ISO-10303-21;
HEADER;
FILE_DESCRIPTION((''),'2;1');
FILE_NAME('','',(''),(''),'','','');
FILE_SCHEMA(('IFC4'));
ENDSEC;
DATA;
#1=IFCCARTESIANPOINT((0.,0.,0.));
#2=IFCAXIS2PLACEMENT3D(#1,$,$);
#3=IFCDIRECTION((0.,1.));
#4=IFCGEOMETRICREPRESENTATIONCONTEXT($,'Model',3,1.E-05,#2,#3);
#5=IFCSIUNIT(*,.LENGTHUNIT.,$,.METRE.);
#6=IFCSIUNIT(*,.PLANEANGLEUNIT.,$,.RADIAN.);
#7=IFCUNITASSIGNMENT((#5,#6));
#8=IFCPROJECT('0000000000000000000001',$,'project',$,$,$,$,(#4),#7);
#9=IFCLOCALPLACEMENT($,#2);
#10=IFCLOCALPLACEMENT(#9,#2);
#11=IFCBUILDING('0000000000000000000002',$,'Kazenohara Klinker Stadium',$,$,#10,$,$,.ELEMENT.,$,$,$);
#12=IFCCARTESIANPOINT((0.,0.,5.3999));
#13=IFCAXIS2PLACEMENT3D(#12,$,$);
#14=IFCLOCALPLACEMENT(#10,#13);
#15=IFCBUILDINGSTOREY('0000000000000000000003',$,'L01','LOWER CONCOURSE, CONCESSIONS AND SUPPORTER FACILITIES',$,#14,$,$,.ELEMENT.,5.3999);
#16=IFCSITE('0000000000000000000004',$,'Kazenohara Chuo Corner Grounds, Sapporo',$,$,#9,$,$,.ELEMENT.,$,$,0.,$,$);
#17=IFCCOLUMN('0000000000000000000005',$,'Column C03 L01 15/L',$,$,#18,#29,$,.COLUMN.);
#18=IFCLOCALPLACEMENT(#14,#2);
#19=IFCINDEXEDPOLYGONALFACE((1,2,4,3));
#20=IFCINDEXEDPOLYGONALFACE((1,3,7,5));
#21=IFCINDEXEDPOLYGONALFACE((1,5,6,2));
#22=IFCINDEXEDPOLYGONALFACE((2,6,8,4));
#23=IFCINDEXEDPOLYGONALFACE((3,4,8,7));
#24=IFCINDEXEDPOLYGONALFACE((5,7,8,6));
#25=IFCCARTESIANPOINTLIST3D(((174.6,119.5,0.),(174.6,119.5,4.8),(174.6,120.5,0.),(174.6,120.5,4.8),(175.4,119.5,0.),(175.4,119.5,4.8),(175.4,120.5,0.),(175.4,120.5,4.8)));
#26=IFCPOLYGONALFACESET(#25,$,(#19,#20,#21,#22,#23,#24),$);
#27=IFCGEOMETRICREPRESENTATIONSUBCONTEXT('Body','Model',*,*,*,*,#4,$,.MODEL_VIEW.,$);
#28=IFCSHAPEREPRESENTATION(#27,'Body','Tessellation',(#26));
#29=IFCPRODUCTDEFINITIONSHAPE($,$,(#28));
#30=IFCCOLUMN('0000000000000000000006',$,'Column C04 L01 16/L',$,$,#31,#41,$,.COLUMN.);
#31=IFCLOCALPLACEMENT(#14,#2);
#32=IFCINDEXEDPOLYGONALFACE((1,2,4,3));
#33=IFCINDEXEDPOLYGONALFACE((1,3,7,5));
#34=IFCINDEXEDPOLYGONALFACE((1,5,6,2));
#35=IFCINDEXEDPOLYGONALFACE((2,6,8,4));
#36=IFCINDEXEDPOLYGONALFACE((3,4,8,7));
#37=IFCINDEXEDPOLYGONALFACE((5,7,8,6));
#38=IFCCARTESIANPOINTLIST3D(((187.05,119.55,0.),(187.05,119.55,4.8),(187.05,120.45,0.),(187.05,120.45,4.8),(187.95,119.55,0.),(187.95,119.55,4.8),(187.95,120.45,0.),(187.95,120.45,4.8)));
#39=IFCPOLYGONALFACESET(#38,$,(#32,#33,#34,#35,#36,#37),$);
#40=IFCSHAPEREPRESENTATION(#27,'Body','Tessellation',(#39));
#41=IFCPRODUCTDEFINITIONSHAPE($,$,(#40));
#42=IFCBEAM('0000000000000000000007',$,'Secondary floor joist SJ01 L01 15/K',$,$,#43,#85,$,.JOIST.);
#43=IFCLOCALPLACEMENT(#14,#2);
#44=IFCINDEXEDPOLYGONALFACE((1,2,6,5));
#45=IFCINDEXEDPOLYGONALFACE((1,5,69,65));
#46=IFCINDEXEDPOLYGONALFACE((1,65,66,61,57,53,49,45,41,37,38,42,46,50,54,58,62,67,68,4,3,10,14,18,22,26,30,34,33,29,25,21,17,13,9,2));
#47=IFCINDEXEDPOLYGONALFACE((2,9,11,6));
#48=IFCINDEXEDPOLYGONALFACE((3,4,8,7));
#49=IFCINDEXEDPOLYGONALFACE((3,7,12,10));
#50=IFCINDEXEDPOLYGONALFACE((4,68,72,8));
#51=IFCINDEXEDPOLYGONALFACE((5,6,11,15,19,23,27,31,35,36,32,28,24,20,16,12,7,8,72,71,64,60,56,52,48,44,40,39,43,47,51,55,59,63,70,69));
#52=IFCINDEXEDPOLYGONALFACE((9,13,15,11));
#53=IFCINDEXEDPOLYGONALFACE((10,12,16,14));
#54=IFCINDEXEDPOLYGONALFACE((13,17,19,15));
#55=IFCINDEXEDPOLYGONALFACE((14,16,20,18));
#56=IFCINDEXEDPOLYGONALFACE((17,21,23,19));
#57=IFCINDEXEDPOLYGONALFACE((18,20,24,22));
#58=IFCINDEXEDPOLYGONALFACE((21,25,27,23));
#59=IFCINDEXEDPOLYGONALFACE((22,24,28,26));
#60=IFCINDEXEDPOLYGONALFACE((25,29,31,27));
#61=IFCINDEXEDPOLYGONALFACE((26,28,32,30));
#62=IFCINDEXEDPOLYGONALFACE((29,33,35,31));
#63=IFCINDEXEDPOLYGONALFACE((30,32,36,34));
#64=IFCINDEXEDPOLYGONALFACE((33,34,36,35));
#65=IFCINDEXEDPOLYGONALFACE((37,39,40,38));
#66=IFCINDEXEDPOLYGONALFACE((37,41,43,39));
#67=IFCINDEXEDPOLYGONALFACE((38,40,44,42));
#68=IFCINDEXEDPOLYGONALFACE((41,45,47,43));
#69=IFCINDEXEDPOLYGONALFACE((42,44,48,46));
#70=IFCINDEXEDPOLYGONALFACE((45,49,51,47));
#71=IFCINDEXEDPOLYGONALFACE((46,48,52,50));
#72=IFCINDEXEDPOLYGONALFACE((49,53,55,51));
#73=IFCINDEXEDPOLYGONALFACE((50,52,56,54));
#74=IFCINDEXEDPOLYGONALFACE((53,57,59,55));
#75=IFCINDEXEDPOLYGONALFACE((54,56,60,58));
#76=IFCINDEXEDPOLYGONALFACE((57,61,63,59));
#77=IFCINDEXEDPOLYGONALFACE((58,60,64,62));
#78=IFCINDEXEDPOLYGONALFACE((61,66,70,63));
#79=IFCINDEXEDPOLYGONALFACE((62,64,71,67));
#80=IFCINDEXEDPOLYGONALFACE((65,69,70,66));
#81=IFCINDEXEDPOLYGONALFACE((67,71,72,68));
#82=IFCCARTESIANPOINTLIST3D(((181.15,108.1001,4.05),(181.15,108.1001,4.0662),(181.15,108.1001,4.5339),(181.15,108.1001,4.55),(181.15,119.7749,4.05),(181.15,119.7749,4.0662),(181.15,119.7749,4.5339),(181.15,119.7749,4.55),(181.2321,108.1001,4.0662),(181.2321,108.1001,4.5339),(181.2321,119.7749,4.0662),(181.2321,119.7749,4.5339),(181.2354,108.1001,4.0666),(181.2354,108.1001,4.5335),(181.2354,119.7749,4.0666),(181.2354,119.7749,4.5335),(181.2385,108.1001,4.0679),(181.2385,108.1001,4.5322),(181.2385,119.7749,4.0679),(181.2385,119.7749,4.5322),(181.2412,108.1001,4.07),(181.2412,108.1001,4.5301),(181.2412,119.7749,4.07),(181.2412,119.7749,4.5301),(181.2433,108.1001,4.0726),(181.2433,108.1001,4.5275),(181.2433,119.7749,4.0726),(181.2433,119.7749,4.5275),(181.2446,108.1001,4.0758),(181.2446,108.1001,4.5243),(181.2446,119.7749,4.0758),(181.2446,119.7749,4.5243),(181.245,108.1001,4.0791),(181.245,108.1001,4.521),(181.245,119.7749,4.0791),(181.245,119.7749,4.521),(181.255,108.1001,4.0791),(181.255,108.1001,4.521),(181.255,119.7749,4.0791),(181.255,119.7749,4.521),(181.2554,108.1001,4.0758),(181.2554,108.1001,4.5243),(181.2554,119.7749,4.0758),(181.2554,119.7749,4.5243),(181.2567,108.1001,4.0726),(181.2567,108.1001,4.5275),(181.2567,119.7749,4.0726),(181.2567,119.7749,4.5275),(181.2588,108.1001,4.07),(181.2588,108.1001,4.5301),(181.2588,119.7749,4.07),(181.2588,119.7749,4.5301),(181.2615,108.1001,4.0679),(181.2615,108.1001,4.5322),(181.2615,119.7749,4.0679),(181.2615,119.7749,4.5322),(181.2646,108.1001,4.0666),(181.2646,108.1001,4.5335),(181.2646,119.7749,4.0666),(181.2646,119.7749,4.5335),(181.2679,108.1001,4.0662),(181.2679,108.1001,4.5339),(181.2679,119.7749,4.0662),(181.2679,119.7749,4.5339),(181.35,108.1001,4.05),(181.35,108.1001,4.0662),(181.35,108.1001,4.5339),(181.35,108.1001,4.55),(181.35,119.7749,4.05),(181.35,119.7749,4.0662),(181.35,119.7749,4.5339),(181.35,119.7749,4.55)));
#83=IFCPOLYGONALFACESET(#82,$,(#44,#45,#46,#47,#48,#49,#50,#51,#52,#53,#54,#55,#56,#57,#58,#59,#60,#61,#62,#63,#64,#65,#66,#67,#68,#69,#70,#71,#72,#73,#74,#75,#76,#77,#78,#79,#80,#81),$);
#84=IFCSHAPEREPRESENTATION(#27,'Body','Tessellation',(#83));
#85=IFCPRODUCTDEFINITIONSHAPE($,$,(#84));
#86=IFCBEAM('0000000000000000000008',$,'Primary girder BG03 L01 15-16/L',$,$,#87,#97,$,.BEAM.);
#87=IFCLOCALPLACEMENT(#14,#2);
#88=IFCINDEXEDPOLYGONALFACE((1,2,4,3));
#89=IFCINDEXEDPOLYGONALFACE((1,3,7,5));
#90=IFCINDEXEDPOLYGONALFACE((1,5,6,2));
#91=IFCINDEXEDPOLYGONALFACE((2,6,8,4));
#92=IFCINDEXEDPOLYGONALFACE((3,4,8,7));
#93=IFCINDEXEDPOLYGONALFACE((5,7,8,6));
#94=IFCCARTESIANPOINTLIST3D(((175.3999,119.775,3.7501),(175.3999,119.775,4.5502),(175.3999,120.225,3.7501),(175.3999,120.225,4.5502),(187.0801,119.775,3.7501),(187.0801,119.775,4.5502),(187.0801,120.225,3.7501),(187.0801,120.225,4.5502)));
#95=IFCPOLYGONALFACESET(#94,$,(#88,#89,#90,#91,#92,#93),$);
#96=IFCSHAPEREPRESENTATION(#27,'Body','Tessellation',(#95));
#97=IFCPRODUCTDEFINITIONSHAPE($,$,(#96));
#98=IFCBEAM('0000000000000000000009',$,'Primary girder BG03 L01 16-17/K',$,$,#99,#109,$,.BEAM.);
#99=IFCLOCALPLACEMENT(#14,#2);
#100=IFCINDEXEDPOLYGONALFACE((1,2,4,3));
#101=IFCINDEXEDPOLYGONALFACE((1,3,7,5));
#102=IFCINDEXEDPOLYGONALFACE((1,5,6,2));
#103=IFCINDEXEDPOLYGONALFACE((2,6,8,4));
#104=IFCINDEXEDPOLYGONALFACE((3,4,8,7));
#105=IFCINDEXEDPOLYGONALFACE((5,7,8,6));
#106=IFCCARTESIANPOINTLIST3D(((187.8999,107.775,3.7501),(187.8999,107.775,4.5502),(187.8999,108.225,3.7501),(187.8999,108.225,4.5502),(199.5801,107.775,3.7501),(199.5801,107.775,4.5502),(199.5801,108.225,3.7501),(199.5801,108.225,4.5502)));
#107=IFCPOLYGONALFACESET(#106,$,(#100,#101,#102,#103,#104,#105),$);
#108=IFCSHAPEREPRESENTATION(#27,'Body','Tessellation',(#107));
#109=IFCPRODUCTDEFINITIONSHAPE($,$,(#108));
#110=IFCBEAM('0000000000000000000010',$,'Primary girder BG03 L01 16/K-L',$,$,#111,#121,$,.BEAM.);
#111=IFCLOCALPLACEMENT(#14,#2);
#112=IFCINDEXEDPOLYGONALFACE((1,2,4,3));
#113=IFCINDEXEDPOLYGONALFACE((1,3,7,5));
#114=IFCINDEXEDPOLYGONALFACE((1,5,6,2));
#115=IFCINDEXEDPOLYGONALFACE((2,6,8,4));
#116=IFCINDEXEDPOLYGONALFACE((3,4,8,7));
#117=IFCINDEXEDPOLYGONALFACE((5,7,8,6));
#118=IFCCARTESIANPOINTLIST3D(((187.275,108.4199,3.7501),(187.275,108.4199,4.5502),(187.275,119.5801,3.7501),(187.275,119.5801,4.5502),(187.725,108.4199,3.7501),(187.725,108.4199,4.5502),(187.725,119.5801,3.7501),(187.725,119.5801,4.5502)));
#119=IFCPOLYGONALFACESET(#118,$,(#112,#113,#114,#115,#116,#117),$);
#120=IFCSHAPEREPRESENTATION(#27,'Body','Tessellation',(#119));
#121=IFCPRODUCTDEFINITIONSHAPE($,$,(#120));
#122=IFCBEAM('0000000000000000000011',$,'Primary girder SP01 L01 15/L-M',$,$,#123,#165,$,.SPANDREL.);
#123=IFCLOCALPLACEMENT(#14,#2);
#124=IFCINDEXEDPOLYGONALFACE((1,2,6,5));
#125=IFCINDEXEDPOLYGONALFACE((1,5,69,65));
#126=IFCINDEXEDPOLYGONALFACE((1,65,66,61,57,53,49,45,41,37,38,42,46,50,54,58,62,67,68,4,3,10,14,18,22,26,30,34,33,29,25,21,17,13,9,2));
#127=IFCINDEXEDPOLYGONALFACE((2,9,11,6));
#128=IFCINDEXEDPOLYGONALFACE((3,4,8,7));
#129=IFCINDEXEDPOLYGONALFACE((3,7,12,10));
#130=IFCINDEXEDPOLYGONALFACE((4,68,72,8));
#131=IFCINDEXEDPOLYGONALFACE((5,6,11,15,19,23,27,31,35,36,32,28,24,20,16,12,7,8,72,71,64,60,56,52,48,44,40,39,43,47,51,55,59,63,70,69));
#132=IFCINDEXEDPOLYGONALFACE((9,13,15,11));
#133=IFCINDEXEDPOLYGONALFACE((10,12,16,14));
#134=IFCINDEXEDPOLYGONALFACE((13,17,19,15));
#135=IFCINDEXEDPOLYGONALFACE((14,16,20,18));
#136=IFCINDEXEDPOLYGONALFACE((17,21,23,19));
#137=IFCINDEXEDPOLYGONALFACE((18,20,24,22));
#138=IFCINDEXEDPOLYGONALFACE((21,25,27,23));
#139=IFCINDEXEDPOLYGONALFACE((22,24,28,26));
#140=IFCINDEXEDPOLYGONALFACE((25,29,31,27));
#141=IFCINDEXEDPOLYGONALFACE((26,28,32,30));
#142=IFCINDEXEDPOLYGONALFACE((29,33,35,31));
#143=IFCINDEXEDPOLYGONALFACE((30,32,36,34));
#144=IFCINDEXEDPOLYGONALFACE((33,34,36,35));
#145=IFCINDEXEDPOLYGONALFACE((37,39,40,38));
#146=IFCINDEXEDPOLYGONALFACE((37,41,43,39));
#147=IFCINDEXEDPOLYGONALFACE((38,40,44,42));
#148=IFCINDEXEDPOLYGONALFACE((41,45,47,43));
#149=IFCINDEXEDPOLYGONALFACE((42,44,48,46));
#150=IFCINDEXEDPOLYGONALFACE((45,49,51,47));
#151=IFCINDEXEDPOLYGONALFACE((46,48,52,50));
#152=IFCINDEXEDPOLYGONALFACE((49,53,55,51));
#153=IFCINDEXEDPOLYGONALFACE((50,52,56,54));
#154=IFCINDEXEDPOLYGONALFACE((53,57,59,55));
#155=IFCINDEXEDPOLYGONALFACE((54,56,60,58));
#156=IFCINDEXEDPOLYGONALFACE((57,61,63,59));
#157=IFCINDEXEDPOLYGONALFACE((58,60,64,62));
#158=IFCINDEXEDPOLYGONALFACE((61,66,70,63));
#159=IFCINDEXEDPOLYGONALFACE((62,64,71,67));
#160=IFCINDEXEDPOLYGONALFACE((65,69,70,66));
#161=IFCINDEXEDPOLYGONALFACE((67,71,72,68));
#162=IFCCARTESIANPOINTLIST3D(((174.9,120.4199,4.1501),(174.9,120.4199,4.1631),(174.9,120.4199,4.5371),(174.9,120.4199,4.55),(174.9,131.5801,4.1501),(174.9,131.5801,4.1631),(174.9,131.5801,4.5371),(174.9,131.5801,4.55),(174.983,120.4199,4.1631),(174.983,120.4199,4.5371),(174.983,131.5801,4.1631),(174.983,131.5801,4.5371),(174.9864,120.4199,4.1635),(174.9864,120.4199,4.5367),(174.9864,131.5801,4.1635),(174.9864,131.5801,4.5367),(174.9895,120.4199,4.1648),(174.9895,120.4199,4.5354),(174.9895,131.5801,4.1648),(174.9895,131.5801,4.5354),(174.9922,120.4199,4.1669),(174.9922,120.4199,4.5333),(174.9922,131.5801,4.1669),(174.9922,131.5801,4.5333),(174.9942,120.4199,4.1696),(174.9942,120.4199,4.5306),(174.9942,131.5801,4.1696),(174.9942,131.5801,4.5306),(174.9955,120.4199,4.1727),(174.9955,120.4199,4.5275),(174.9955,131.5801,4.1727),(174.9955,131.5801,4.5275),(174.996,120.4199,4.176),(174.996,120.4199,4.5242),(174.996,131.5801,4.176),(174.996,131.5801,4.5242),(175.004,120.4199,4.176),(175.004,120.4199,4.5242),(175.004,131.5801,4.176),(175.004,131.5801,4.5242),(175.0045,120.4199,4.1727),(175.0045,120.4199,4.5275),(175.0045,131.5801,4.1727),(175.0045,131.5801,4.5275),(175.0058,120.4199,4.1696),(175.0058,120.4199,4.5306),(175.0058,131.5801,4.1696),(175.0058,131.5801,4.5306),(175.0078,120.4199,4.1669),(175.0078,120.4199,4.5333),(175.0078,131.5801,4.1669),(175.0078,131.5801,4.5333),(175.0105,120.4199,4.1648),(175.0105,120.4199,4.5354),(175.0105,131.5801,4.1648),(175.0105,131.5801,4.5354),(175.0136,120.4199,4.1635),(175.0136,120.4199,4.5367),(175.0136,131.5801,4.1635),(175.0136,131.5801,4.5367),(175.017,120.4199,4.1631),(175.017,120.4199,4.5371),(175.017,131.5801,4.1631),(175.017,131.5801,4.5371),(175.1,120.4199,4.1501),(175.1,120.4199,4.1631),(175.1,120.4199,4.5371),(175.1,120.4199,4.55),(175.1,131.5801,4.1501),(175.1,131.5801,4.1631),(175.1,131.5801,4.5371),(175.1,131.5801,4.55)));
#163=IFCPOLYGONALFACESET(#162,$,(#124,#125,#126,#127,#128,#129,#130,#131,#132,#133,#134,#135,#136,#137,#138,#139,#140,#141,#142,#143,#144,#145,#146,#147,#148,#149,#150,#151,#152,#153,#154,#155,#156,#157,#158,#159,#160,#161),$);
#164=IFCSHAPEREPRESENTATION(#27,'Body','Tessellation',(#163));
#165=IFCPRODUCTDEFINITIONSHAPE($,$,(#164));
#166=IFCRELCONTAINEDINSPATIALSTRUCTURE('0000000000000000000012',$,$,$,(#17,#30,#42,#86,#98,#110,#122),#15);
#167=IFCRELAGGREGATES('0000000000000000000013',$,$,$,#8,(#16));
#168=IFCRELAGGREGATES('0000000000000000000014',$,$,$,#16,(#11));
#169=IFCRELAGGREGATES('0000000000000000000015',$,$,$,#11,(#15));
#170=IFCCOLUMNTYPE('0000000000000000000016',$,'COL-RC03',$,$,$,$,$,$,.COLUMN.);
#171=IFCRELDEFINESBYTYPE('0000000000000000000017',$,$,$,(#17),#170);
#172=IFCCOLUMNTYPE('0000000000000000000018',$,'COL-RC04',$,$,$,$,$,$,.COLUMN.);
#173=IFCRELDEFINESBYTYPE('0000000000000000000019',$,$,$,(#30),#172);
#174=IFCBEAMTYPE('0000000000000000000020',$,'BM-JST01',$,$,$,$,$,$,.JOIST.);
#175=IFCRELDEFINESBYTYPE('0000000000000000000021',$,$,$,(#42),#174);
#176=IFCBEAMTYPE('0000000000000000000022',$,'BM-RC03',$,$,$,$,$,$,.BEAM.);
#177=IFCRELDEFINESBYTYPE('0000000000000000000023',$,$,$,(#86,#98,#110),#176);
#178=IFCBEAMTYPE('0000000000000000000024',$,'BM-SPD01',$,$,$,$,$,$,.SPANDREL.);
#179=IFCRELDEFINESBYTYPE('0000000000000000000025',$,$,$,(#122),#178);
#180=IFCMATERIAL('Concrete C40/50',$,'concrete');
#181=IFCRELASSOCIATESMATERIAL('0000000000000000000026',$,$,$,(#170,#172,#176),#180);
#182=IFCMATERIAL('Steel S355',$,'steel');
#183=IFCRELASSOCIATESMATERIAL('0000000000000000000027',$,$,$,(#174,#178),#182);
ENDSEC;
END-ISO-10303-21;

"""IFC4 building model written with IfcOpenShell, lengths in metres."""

from ifc_helpers import new_model, si_unit, direction, frame, origin, origin_2d, place, context, subcontext, project, spatial, rectangle, i_section, extrude, material, material_profile, profile_set, type_object, element, save


model = new_model("IFC4")

# Units and contexts
model_context = context("Model", 3, precision=1e-05, world=origin(), true_north=direction((0.0, 1.0)))
body_context = subcontext(model_context, "Body", "Model", "MODEL_VIEW")
ifc_project = project(units=[si_unit("LENGTHUNIT", "METRE"), si_unit("PLANEANGLEUNIT", "RADIAN")], contexts=[model_context])

# Site, building, storey
site_placement = place(None, origin())
site = spatial("IfcSite", under=ifc_project, at=site_placement, Name="Kazenohara Chuo Corner Grounds, Sapporo", CompositionType="ELEMENT", RefElevation=0.0)
building_placement = place(site_placement, origin())
building = spatial("IfcBuilding", under=site, at=building_placement, Name="Kazenohara Klinker Stadium", CompositionType="ELEMENT")
storey_placement = place(building_placement, frame((0.0, 0.0, 5.3999)))
storey = spatial("IfcBuildingStorey", under=building, at=storey_placement, Name="L01", Description="LOWER CONCOURSE, CONCESSIONS AND SUPPORTER FACILITIES", CompositionType="ELEMENT", Elevation=5.3999)

# Columns
ifc_material_1 = material(Name="Concrete C40/50", Category="concrete")
ifc_material_profile_1 = material_profile(ifc_material_1, rectangle(XDim=0.8, YDim=1.0, at=origin_2d()), Name="RC-COL-1000x800")
ifc_profile_set_1 = profile_set([ifc_material_profile_1], Name="Concrete C40/50")
column_type_1 = type_object("IfcColumnType", Name="COL-RC03", PredefinedType="COLUMN", material=ifc_profile_set_1)
column_1_placement = place(storey_placement, frame((175.0, 120.0, 0.0), z_axis=(0.0, 0.0, 1.0), x_axis=(1.0, 0.0, 0.0)))
element("IfcColumn", 1, at=column_1_placement, inside=storey, type_object=column_type_1, Name="Column C03 L01 15/L", PredefinedType="COLUMN", context=body_context, shape_type="SweptSolid", body=[
    extrude(rectangle(XDim=0.8, YDim=1.0, at=origin_2d()), origin(), (0.0, 0.0, 1.0), 4.8),
])
ifc_material_profile_2 = material_profile(ifc_material_1, rectangle(XDim=0.8999, YDim=0.8999, at=origin_2d()), Name="RC-COL-900x900")
ifc_profile_set_2 = profile_set([ifc_material_profile_2], Name="Concrete C40/50")
column_type_2 = type_object("IfcColumnType", Name="COL-RC04", PredefinedType="COLUMN", material=ifc_profile_set_2)
column_2_placement = place(storey_placement, frame((187.5, 120.0, 0.0), z_axis=(0.0, 0.0, 1.0), x_axis=(1.0, 0.0, 0.0)))
element("IfcColumn", 2, at=column_2_placement, inside=storey, type_object=column_type_2, Name="Column C04 L01 16/L", PredefinedType="COLUMN", context=body_context, shape_type="SweptSolid", body=[
    extrude(rectangle(XDim=0.8999, YDim=0.8999, at=origin_2d()), origin(), (0.0, 0.0, 1.0), 4.8),
])

# Beams
ifc_material_2 = material(Name="Steel S355", Category="steel")
ifc_material_profile_3 = material_profile(ifc_material_2, i_section(OverallWidth=0.2, OverallDepth=0.5, WebThickness=0.01, FlangeThickness=0.0161, FilletRadius=0.0129, at=origin_2d()), Name="H-500x200x10x16")
ifc_profile_set_3 = profile_set([ifc_material_profile_3], Name="Steel S355")
beam_type_1 = type_object("IfcBeamType", Name="BM-JST01", PredefinedType="JOIST", material=ifc_profile_set_3)
beam_1_placement = place(storey_placement, frame((181.25, 108.1001, 4.3), z_axis=(0.0, 1.0, 0.0), x_axis=(-1.0, 0.0, 0.0)))
element("IfcBeam", 3, at=beam_1_placement, inside=storey, type_object=beam_type_1, Name="Secondary floor joist SJ01 L01 15/K", PredefinedType="JOIST", context=body_context, shape_type="SweptSolid", body=[
    extrude(i_section(OverallWidth=0.2, OverallDepth=0.5, WebThickness=0.01, FlangeThickness=0.0161, FilletRadius=0.0129, at=origin_2d()), origin(), (0.0, 0.0, 1.0), 11.6748),
])
ifc_material_profile_4 = material_profile(ifc_material_1, rectangle(XDim=0.45, YDim=0.8, at=origin_2d()), Name="RC-BM-450x800")
ifc_profile_set_4 = profile_set([ifc_material_profile_4], Name="Concrete C40/50")
beam_type_2 = type_object("IfcBeamType", Name="BM-RC03", PredefinedType="BEAM", material=ifc_profile_set_4)
for number, where, z_axis, x_axis, name in (
    (4, (175.3999, 120.0, 4.1501), (1.0, 0.0, 0.0), (0.0, 1.0, 0.0), "Primary girder BG03 L01 15-16/L"),
    (5, (187.8999, 108.0, 4.1501), (1.0, 0.0, 0.0), (0.0, 1.0, 0.0), "Primary girder BG03 L01 16-17/K"),
):
    element("IfcBeam", number, at=place(storey_placement, frame(where, z_axis=z_axis, x_axis=x_axis)), inside=storey, type_object=beam_type_2, Name=name, PredefinedType="BEAM", context=body_context, shape_type="SweptSolid", body=[
        extrude(rectangle(XDim=0.45, YDim=0.8, at=origin_2d()), origin(), (0.0, 0.0, 1.0), 11.6802),
    ])
beam_2_placement = place(storey_placement, frame((187.5, 108.4199, 4.1501), z_axis=(0.0, 1.0, 0.0), x_axis=(-1.0, 0.0, 0.0)))
element("IfcBeam", 6, at=beam_2_placement, inside=storey, type_object=beam_type_2, Name="Primary girder BG03 L01 16/K-L", PredefinedType="BEAM", context=body_context, shape_type="SweptSolid", body=[
    extrude(rectangle(XDim=0.45, YDim=0.8, at=origin_2d()), origin(), (0.0, 0.0, 1.0), 11.1602),
])
ifc_material_profile_5 = material_profile(ifc_material_2, i_section(OverallWidth=0.2, OverallDepth=0.3999, WebThickness=0.0081, FlangeThickness=0.0129, FilletRadius=0.0129, at=origin_2d()), Name="H-400x200x8x13")
ifc_profile_set_5 = profile_set([ifc_material_profile_5], Name="Steel S355")
beam_type_3 = type_object("IfcBeamType", Name="BM-SPD01", PredefinedType="SPANDREL", material=ifc_profile_set_5)
beam_3_placement = place(storey_placement, frame((175.0, 120.4199, 4.3501), z_axis=(0.0, 1.0, 0.0), x_axis=(-1.0, 0.0, 0.0)))
element("IfcBeam", 7, at=beam_3_placement, inside=storey, type_object=beam_type_3, Name="Primary girder SP01 L01 15/L-M", PredefinedType="SPANDREL", context=body_context, shape_type="SweptSolid", body=[
    extrude(i_section(OverallWidth=0.2, OverallDepth=0.3999, WebThickness=0.0081, FlangeThickness=0.0129, FilletRadius=0.0129, at=origin_2d()), origin(), (0.0, 0.0, 1.0), 11.1602),
])

save(model, "model.ifc")
